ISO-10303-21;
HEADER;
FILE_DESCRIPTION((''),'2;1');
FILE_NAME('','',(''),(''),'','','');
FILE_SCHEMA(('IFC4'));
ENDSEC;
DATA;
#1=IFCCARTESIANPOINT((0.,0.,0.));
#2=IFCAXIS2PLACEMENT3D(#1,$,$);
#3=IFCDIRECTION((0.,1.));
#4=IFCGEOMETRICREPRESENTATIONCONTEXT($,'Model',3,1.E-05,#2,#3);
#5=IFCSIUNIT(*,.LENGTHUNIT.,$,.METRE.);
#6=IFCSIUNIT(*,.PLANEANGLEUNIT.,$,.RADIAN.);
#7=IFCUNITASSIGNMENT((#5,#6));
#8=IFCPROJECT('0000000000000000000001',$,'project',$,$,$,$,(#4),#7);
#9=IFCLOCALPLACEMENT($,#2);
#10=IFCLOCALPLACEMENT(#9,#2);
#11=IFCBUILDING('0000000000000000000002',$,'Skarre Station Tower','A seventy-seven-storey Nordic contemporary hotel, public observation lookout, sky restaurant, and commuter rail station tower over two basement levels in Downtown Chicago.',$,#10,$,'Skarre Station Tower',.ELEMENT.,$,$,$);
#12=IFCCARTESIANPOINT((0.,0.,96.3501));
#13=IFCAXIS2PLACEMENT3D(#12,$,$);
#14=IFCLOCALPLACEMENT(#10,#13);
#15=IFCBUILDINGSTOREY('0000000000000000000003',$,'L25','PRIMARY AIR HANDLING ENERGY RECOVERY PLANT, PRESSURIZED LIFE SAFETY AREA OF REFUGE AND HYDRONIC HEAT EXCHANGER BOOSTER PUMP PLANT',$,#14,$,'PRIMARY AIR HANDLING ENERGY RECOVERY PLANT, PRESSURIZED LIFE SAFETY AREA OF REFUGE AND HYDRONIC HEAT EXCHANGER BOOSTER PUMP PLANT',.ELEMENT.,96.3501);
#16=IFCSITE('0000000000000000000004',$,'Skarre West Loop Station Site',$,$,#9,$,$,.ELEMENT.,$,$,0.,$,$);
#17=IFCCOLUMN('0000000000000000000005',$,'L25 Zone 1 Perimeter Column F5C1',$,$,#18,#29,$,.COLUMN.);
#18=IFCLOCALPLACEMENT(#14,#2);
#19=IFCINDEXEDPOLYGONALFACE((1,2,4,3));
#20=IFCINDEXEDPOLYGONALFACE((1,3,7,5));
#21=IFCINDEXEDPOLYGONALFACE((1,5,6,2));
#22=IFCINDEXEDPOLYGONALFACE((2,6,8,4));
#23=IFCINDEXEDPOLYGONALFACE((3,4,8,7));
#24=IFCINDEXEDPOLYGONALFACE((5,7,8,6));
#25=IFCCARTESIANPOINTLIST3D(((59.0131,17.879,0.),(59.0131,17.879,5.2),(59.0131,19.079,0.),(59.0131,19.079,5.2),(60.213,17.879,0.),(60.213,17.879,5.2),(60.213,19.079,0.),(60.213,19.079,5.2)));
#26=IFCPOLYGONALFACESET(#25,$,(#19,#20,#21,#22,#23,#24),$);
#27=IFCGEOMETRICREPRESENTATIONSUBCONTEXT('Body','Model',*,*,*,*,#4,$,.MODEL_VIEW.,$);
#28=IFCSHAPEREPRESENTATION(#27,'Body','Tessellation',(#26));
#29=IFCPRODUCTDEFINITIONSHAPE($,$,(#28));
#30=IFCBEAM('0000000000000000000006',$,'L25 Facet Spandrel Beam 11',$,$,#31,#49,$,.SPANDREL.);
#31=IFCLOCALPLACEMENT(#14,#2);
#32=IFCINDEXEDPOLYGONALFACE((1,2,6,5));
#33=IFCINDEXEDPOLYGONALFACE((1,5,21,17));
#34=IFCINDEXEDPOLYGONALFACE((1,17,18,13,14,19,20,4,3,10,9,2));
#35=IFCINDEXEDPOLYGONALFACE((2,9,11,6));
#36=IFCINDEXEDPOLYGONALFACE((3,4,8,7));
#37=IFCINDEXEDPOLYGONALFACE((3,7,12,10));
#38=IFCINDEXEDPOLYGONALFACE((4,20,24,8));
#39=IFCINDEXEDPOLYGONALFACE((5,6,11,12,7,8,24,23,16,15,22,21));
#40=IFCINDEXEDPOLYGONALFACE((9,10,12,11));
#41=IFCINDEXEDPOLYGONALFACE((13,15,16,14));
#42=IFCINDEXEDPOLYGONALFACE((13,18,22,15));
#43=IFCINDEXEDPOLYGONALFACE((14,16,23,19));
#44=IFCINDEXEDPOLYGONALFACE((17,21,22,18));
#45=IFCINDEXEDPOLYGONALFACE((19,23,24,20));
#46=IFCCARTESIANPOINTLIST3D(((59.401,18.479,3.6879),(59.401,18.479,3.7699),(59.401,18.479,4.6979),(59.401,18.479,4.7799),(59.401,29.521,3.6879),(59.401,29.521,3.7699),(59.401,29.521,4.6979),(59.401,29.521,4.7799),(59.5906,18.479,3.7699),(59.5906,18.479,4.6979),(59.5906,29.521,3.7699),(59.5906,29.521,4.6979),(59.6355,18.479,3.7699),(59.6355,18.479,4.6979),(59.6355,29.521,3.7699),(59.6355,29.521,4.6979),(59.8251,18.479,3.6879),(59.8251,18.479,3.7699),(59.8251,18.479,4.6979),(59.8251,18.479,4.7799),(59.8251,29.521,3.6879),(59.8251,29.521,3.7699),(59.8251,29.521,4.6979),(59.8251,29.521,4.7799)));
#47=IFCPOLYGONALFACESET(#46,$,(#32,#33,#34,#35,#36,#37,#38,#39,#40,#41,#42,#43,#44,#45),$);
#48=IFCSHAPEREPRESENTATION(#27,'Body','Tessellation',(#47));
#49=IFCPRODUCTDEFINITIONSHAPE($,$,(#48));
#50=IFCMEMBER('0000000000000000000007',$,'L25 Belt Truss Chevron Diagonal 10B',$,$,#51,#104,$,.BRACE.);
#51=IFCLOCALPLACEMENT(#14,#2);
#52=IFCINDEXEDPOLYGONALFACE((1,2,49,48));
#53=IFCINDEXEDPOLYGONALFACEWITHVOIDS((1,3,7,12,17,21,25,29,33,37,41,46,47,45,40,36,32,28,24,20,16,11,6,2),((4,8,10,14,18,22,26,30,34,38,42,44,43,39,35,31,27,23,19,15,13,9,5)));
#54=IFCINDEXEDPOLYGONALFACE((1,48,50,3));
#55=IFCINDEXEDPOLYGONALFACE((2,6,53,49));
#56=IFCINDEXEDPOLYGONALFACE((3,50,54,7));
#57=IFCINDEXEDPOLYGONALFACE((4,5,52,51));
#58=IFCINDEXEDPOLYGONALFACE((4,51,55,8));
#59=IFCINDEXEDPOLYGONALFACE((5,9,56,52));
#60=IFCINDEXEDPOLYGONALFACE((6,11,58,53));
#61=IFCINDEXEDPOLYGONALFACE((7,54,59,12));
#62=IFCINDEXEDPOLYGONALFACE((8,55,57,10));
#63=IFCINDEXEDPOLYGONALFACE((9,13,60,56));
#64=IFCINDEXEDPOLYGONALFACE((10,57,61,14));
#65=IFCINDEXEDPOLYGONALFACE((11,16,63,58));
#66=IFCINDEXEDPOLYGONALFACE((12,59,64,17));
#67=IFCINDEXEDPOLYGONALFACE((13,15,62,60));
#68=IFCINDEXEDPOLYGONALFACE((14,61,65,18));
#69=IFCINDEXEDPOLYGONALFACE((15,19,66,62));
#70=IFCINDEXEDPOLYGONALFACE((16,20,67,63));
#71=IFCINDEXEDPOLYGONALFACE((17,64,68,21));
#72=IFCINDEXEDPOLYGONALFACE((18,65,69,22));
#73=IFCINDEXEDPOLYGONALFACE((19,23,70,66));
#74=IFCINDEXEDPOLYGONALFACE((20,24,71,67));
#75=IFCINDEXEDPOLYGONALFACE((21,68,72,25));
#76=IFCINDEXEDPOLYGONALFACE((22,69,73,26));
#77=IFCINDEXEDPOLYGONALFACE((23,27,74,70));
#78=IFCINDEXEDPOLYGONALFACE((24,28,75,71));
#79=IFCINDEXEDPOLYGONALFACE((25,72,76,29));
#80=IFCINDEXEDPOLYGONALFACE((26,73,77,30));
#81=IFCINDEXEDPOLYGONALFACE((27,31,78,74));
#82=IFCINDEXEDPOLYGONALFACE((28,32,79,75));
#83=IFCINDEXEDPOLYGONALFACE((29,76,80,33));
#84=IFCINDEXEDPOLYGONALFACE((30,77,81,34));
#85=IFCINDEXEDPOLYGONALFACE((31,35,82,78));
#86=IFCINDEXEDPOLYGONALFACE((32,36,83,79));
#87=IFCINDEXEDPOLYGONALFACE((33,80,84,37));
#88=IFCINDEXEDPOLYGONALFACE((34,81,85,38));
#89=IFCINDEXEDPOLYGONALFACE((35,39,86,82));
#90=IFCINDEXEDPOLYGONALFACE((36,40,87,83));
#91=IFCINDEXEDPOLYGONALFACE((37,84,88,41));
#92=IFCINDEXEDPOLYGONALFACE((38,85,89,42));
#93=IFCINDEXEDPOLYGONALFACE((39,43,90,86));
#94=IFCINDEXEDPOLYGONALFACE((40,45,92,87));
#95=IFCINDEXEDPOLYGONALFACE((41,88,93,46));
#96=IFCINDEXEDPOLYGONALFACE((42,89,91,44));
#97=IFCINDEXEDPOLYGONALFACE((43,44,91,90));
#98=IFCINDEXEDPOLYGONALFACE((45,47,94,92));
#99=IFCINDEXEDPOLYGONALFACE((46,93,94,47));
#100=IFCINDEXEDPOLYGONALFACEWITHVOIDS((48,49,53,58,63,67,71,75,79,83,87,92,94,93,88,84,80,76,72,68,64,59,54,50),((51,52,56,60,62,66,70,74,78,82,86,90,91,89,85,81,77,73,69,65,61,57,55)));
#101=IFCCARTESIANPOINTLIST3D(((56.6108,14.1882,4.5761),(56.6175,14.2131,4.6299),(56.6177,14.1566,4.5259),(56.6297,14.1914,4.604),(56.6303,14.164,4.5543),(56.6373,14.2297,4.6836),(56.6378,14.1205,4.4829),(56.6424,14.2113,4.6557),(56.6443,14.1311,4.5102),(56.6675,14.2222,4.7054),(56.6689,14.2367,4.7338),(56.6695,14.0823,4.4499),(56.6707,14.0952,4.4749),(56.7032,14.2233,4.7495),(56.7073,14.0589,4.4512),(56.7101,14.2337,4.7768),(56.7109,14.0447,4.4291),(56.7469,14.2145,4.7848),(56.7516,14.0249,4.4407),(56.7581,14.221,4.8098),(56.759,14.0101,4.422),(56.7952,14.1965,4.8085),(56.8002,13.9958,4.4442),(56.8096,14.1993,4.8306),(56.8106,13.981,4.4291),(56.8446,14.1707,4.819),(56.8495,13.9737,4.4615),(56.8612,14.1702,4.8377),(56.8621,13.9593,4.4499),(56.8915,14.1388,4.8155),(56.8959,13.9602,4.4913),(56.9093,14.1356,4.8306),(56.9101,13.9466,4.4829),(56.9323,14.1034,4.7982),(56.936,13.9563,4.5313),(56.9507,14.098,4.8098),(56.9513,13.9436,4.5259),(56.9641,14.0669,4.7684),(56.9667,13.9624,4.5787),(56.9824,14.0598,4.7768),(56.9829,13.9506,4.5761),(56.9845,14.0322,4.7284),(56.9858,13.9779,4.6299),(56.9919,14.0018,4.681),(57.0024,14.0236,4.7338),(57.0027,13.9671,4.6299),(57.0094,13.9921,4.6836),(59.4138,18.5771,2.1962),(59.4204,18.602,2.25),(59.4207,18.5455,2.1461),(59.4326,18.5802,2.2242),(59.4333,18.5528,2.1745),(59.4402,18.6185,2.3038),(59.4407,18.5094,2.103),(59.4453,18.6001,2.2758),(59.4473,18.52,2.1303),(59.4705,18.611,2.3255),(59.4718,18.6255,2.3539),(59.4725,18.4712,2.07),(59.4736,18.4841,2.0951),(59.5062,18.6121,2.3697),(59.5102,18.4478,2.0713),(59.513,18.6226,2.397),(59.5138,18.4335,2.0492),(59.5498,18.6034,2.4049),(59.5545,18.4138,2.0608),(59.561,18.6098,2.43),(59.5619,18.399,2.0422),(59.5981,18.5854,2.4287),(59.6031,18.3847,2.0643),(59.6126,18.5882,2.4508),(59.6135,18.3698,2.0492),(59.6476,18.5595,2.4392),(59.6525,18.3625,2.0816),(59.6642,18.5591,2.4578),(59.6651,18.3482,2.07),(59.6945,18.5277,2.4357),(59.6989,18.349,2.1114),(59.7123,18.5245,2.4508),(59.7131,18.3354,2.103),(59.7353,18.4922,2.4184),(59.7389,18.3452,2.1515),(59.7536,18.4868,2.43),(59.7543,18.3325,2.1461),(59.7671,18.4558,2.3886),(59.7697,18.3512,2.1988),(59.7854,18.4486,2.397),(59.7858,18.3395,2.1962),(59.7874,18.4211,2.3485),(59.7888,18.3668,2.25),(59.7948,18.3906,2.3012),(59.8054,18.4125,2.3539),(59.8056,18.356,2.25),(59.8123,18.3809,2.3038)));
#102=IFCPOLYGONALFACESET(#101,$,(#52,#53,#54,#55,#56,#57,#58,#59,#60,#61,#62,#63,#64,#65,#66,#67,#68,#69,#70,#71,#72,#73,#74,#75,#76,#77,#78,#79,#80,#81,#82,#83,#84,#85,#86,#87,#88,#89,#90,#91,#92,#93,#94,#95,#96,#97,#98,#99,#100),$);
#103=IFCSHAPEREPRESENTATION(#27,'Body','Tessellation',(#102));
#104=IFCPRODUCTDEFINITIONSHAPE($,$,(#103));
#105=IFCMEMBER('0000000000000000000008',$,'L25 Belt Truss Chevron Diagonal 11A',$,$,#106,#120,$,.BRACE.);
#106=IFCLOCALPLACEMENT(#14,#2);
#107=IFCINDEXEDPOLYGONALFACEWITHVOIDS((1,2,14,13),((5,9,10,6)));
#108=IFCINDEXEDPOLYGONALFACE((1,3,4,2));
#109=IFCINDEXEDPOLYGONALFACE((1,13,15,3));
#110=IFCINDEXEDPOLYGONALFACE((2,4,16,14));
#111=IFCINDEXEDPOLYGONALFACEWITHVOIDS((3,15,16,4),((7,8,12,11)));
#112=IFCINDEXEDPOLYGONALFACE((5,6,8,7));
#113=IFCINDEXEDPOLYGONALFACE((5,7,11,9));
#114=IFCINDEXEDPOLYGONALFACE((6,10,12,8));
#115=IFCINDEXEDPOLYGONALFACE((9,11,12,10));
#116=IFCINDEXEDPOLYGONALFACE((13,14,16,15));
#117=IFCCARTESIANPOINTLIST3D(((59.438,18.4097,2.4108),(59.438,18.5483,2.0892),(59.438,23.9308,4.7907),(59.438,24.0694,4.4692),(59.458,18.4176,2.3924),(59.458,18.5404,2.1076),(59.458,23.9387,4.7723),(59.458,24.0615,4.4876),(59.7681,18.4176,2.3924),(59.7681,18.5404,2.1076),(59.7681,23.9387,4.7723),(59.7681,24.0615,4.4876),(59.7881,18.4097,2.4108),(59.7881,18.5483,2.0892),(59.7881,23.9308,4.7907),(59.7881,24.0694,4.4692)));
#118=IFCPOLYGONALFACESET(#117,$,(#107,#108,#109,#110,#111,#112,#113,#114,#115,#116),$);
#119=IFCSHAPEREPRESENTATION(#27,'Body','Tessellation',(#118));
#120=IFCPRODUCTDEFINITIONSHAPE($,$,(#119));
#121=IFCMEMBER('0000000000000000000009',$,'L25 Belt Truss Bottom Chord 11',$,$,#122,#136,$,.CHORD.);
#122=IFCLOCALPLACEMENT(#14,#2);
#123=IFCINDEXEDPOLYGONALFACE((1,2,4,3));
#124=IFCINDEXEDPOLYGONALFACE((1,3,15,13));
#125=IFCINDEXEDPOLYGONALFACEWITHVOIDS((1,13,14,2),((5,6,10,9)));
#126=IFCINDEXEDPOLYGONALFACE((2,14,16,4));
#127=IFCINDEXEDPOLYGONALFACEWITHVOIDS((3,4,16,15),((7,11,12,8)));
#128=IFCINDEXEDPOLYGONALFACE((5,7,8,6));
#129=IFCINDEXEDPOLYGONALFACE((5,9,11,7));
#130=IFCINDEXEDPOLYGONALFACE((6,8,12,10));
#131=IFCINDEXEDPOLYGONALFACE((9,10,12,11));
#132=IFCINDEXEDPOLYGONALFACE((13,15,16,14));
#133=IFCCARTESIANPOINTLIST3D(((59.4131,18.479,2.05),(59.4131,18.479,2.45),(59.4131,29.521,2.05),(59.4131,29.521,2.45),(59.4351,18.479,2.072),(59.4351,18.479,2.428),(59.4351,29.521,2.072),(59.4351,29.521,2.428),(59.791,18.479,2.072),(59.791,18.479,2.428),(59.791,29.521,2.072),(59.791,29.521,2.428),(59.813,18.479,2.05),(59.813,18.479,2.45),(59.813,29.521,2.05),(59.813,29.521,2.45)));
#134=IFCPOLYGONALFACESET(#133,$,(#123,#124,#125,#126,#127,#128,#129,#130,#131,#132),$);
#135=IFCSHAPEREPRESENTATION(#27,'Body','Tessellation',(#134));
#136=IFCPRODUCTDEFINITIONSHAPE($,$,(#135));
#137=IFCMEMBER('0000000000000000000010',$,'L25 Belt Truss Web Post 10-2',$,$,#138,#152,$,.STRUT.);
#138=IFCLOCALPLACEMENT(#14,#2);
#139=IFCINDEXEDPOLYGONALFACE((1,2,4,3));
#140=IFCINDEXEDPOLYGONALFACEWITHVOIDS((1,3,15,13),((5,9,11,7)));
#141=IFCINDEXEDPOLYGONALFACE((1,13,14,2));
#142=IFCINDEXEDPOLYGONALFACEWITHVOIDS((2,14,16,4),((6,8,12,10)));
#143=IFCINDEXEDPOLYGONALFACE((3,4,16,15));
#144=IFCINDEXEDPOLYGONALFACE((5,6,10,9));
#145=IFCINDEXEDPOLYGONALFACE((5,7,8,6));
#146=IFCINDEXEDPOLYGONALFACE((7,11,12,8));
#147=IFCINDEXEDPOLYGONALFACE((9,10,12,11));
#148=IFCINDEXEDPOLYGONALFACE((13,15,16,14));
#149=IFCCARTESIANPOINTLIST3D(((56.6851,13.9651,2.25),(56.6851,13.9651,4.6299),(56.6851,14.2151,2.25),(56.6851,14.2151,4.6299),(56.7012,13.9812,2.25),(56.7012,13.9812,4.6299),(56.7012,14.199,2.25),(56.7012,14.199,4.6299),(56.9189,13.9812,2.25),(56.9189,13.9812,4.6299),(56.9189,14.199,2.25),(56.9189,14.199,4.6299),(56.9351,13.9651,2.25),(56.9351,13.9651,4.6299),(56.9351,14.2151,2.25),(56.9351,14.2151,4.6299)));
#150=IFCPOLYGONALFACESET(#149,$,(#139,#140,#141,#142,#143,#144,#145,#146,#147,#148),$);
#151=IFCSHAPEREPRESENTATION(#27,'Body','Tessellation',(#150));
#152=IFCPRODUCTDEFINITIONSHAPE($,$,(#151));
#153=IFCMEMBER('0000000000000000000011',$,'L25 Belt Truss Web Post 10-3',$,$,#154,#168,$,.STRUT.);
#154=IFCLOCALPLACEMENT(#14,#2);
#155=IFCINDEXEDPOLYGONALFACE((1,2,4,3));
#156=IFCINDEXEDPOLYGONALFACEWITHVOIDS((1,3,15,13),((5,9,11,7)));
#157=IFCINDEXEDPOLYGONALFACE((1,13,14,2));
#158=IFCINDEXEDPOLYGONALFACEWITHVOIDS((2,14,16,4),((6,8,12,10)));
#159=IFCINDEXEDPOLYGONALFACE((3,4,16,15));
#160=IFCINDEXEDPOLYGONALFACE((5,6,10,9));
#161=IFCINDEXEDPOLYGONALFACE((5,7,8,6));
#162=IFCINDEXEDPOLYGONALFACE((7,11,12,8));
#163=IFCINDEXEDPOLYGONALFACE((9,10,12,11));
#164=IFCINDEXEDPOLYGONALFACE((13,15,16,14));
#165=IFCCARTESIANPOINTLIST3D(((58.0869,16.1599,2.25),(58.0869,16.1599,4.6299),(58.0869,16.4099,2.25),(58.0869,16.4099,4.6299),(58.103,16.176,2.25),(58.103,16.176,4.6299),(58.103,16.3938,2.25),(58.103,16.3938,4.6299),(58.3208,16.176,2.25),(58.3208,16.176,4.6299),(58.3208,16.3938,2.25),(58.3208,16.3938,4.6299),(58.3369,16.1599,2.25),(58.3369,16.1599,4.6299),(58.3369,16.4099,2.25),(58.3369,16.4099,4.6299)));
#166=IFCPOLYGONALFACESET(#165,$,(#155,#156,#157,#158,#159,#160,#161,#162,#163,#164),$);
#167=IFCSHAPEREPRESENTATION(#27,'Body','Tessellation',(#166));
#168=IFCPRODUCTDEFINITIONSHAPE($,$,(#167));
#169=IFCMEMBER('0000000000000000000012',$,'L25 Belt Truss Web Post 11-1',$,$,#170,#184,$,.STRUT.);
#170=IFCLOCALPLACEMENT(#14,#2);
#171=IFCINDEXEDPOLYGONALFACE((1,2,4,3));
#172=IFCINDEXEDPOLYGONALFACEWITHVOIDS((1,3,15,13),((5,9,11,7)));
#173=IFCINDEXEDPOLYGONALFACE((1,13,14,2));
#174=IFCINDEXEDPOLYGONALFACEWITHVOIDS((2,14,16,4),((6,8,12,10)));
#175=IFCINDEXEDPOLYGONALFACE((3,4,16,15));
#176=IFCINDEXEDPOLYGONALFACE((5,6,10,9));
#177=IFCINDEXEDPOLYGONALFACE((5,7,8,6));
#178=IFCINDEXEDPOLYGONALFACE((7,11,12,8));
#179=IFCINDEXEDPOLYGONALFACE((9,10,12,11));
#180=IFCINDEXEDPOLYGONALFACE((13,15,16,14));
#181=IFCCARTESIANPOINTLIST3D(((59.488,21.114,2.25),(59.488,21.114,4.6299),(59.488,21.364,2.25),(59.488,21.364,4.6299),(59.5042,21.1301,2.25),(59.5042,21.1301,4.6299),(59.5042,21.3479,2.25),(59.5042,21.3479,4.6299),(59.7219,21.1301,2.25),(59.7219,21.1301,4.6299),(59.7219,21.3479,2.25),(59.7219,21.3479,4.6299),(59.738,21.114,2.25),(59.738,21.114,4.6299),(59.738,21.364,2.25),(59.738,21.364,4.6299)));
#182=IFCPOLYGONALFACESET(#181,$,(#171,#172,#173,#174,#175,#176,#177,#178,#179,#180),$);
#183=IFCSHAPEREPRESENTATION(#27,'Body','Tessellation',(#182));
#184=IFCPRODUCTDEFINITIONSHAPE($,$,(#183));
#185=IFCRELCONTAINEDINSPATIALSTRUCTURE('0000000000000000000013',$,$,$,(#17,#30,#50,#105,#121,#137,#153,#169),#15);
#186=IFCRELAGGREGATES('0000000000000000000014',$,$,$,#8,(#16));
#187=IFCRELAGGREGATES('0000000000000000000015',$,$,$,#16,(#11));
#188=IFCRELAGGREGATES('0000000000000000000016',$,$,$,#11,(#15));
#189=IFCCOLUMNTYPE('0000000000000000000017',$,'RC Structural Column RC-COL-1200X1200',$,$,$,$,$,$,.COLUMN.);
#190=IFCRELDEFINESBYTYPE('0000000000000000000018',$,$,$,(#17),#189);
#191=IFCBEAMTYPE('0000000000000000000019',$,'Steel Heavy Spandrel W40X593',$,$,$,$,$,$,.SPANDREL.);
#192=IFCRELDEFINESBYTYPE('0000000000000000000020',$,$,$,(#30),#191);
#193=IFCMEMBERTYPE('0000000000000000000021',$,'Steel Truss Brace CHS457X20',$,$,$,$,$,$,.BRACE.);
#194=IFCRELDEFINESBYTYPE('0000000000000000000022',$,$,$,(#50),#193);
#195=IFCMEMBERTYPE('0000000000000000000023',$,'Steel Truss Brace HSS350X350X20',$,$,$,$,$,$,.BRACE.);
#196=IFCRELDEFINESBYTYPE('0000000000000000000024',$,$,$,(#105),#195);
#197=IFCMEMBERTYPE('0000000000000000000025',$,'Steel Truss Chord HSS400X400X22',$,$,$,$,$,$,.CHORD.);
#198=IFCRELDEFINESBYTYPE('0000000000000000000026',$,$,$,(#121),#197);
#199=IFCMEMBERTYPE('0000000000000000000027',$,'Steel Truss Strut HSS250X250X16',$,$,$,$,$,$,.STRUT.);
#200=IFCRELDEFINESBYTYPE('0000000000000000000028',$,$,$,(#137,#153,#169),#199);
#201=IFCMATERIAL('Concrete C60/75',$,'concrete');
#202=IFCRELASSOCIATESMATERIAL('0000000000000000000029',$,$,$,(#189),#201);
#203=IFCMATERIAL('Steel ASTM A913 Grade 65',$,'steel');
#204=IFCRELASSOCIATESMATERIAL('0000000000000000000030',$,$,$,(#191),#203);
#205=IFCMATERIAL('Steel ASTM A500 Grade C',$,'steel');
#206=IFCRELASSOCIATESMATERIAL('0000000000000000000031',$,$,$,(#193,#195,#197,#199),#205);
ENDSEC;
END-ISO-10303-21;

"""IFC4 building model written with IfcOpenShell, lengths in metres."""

from ifc_helpers import new_model, si_unit, direction, frame, origin, origin_2d, place, context, subcontext, project, spatial, rectangle, hollow_rectangle, hollow_circle, i_section, extrude, material, material_profile, profile_set, type_object, element, save


model = new_model("IFC4")

# Units and contexts
model_context = context("Model", 3, precision=1e-05, world=origin(), true_north=direction((0.0, 1.0)))
body_context = subcontext(model_context, "Body", "Model", "MODEL_VIEW")
ifc_project = project(units=[si_unit("LENGTHUNIT", "METRE"), si_unit("PLANEANGLEUNIT", "RADIAN")], contexts=[model_context])

# Site, building, storey
site_placement = place(None, origin())
site = spatial("IfcSite", under=ifc_project, at=site_placement, Name="Skarre West Loop Station Site", CompositionType="ELEMENT", RefElevation=0.0)
building_placement = place(site_placement, origin())
building = spatial("IfcBuilding", under=site, at=building_placement, Name="Skarre Station Tower", Description="A seventy-seven-storey Nordic contemporary hotel, public observation lookout, sky restaurant, and commuter rail station tower over two basement levels in Downtown Chicago.", LongName="Skarre Station Tower", CompositionType="ELEMENT")
storey_placement = place(building_placement, frame((0.0, 0.0, 96.3501)))
storey = spatial("IfcBuildingStorey", under=building, at=storey_placement, Name="L25", Description="PRIMARY AIR HANDLING ENERGY RECOVERY PLANT, PRESSURIZED LIFE SAFETY AREA OF REFUGE AND HYDRONIC HEAT EXCHANGER BOOSTER PUMP PLANT", LongName="PRIMARY AIR HANDLING ENERGY RECOVERY PLANT, PRESSURIZED LIFE SAFETY AREA OF REFUGE AND HYDRONIC HEAT EXCHANGER BOOSTER PUMP PLANT", CompositionType="ELEMENT", Elevation=96.3501)

# Column
ifc_material_1 = material(Name="Concrete C60/75", Category="concrete")
ifc_material_profile_1 = material_profile(ifc_material_1, rectangle(XDim=1.2, YDim=1.2, at=origin_2d()), Name="Concrete C60/75")
ifc_profile_set_1 = profile_set([ifc_material_profile_1], Name="Concrete C60/75")
column_type = type_object("IfcColumnType", Name="RC Structural Column RC-COL-1200X1200", PredefinedType="COLUMN", material=ifc_profile_set_1)
column_placement = place(storey_placement, frame((59.613, 18.479, 0.0), z_axis=(0.0, 0.0, 1.0), x_axis=(1.0, 0.0, 0.0)))
element("IfcColumn", 1, at=column_placement, inside=storey, type_object=column_type, Name="L25 Zone 1 Perimeter Column F5C1", PredefinedType="COLUMN", context=body_context, shape_type="SweptSolid", body=[
    extrude(rectangle(XDim=1.2, YDim=1.2, at=origin_2d()), origin(), (0.0, 0.0, 1.0), 5.2),
])

# Beam
ifc_material_2 = material(Name="Steel ASTM A913 Grade 65", Category="steel")
ifc_material_profile_2 = material_profile(ifc_material_2, i_section(OverallWidth=0.4241, OverallDepth=1.092, WebThickness=0.0449, FlangeThickness=0.082, at=origin_2d()), Name="Steel ASTM A913 Grade 65")
ifc_profile_set_2 = profile_set([ifc_material_profile_2], Name="Steel ASTM A913 Grade 65")
beam_type = type_object("IfcBeamType", Name="Steel Heavy Spandrel W40X593", PredefinedType="SPANDREL", material=ifc_profile_set_2)
beam_placement = place(storey_placement, frame((59.613, 18.479, 4.2339), z_axis=(0.0, 1.0, 0.0), x_axis=(-1.0, 0.0, 0.0)))
element("IfcBeam", 2, at=beam_placement, inside=storey, type_object=beam_type, Name="L25 Facet Spandrel Beam 11", PredefinedType="SPANDREL", context=body_context, shape_type="SweptSolid", body=[
    extrude(i_section(OverallWidth=0.4241, OverallDepth=1.092, WebThickness=0.0449, FlangeThickness=0.082, at=origin_2d()), origin(), (0.0, 0.0, 1.0), 11.042),
])

# Members
ifc_material_3 = material(Name="Steel ASTM A500 Grade C", Category="steel")
ifc_material_profile_3 = material_profile(ifc_material_3, hollow_circle(Radius=0.2285, WallThickness=0.02, at=origin_2d()), Name="Steel ASTM A500 Grade C")
ifc_profile_set_3 = profile_set([ifc_material_profile_3], Name="Steel ASTM A500 Grade C")
member_type_1 = type_object("IfcMemberType", Name="Steel Truss Brace CHS457X20", PredefinedType="BRACE", material=ifc_profile_set_3)
member_1_placement = place(storey_placement, frame((59.613, 18.479, 2.25), z_axis=(-0.489547, -0.766535, 0.415653), x_axis=(0.842788, -0.538246, 0.0)))
element("IfcMember", 3, at=member_1_placement, inside=storey, type_object=member_type_1, Name="L25 Belt Truss Chevron Diagonal 10B", PredefinedType="BRACE", context=body_context, shape_type="SweptSolid", body=[
    extrude(hollow_circle(Radius=0.2285, WallThickness=0.02, at=origin_2d()), origin(), (0.0, 0.0, 1.0), 5.7256),
])
ifc_material_profile_4 = material_profile(ifc_material_3, hollow_rectangle(XDim=0.3501, YDim=0.3501, WallThickness=0.02, at=origin_2d()), Name="Steel ASTM A500 Grade C")
ifc_profile_set_4 = profile_set([ifc_material_profile_4], Name="Steel ASTM A500 Grade C")
member_type_2 = type_object("IfcMemberType", Name="Steel Truss Brace HSS350X350X20", PredefinedType="BRACE", material=ifc_profile_set_4)
member_2_placement = place(storey_placement, frame((59.613, 18.479, 2.25), z_axis=(0.0, 0.918315, 0.395849), x_axis=(-1.0, 0.0, 0.0)))
element("IfcMember", 4, at=member_2_placement, inside=storey, type_object=member_type_2, Name="L25 Belt Truss Chevron Diagonal 11A", PredefinedType="BRACE", context=body_context, shape_type="SweptSolid", body=[
    extrude(hollow_rectangle(XDim=0.3501, YDim=0.3501, WallThickness=0.02, at=origin_2d()), origin(), (0.0, 0.0, 1.0), 6.0122),
])
ifc_material_profile_5 = material_profile(ifc_material_3, hollow_rectangle(XDim=0.3999, YDim=0.3999, WallThickness=0.022, at=origin_2d()), Name="Steel ASTM A500 Grade C")
ifc_profile_set_5 = profile_set([ifc_material_profile_5], Name="Steel ASTM A500 Grade C")
member_type_3 = type_object("IfcMemberType", Name="Steel Truss Chord HSS400X400X22", PredefinedType="CHORD", material=ifc_profile_set_5)
member_3_placement = place(storey_placement, frame((59.613, 18.479, 2.25), z_axis=(0.0, 1.0, 0.0), x_axis=(-1.0, 0.0, 0.0)))
element("IfcMember", 5, at=member_3_placement, inside=storey, type_object=member_type_3, Name="L25 Belt Truss Bottom Chord 11", PredefinedType="CHORD", context=body_context, shape_type="SweptSolid", body=[
    extrude(hollow_rectangle(XDim=0.3999, YDim=0.3999, WallThickness=0.022, at=origin_2d()), origin(), (0.0, 0.0, 1.0), 11.042),
])
ifc_material_profile_6 = material_profile(ifc_material_3, hollow_rectangle(XDim=0.25, YDim=0.25, WallThickness=0.0161, at=origin_2d()), Name="Steel ASTM A500 Grade C")
ifc_profile_set_6 = profile_set([ifc_material_profile_6], Name="Steel ASTM A500 Grade C")
member_type_4 = type_object("IfcMemberType", Name="Steel Truss Strut HSS250X250X16", PredefinedType="STRUT", material=ifc_profile_set_6)
for number, where, z_axis, x_axis, name in (
    (6, (56.8101, 14.0901, 2.25), (0.0, 0.0, 1.0), (1.0, 0.0, 0.0), "L25 Belt Truss Web Post 10-2"),
    (7, (58.2119, 16.2849, 2.25), (0.0, 0.0, 1.0), (1.0, 0.0, 0.0), "L25 Belt Truss Web Post 10-3"),
    (8, (59.613, 21.239, 2.25), (0.0, 0.0, 1.0), (1.0, 0.0, 0.0), "L25 Belt Truss Web Post 11-1"),
):
    element("IfcMember", number, at=place(storey_placement, frame(where, z_axis=z_axis, x_axis=x_axis)), inside=storey, type_object=member_type_4, Name=name, PredefinedType="STRUT", context=body_context, shape_type="SweptSolid", body=[
        extrude(hollow_rectangle(XDim=0.25, YDim=0.25, WallThickness=0.0161, at=origin_2d()), origin(), (0.0, 0.0, 1.0), 2.3799),
    ])

save(model, "model.ifc")
